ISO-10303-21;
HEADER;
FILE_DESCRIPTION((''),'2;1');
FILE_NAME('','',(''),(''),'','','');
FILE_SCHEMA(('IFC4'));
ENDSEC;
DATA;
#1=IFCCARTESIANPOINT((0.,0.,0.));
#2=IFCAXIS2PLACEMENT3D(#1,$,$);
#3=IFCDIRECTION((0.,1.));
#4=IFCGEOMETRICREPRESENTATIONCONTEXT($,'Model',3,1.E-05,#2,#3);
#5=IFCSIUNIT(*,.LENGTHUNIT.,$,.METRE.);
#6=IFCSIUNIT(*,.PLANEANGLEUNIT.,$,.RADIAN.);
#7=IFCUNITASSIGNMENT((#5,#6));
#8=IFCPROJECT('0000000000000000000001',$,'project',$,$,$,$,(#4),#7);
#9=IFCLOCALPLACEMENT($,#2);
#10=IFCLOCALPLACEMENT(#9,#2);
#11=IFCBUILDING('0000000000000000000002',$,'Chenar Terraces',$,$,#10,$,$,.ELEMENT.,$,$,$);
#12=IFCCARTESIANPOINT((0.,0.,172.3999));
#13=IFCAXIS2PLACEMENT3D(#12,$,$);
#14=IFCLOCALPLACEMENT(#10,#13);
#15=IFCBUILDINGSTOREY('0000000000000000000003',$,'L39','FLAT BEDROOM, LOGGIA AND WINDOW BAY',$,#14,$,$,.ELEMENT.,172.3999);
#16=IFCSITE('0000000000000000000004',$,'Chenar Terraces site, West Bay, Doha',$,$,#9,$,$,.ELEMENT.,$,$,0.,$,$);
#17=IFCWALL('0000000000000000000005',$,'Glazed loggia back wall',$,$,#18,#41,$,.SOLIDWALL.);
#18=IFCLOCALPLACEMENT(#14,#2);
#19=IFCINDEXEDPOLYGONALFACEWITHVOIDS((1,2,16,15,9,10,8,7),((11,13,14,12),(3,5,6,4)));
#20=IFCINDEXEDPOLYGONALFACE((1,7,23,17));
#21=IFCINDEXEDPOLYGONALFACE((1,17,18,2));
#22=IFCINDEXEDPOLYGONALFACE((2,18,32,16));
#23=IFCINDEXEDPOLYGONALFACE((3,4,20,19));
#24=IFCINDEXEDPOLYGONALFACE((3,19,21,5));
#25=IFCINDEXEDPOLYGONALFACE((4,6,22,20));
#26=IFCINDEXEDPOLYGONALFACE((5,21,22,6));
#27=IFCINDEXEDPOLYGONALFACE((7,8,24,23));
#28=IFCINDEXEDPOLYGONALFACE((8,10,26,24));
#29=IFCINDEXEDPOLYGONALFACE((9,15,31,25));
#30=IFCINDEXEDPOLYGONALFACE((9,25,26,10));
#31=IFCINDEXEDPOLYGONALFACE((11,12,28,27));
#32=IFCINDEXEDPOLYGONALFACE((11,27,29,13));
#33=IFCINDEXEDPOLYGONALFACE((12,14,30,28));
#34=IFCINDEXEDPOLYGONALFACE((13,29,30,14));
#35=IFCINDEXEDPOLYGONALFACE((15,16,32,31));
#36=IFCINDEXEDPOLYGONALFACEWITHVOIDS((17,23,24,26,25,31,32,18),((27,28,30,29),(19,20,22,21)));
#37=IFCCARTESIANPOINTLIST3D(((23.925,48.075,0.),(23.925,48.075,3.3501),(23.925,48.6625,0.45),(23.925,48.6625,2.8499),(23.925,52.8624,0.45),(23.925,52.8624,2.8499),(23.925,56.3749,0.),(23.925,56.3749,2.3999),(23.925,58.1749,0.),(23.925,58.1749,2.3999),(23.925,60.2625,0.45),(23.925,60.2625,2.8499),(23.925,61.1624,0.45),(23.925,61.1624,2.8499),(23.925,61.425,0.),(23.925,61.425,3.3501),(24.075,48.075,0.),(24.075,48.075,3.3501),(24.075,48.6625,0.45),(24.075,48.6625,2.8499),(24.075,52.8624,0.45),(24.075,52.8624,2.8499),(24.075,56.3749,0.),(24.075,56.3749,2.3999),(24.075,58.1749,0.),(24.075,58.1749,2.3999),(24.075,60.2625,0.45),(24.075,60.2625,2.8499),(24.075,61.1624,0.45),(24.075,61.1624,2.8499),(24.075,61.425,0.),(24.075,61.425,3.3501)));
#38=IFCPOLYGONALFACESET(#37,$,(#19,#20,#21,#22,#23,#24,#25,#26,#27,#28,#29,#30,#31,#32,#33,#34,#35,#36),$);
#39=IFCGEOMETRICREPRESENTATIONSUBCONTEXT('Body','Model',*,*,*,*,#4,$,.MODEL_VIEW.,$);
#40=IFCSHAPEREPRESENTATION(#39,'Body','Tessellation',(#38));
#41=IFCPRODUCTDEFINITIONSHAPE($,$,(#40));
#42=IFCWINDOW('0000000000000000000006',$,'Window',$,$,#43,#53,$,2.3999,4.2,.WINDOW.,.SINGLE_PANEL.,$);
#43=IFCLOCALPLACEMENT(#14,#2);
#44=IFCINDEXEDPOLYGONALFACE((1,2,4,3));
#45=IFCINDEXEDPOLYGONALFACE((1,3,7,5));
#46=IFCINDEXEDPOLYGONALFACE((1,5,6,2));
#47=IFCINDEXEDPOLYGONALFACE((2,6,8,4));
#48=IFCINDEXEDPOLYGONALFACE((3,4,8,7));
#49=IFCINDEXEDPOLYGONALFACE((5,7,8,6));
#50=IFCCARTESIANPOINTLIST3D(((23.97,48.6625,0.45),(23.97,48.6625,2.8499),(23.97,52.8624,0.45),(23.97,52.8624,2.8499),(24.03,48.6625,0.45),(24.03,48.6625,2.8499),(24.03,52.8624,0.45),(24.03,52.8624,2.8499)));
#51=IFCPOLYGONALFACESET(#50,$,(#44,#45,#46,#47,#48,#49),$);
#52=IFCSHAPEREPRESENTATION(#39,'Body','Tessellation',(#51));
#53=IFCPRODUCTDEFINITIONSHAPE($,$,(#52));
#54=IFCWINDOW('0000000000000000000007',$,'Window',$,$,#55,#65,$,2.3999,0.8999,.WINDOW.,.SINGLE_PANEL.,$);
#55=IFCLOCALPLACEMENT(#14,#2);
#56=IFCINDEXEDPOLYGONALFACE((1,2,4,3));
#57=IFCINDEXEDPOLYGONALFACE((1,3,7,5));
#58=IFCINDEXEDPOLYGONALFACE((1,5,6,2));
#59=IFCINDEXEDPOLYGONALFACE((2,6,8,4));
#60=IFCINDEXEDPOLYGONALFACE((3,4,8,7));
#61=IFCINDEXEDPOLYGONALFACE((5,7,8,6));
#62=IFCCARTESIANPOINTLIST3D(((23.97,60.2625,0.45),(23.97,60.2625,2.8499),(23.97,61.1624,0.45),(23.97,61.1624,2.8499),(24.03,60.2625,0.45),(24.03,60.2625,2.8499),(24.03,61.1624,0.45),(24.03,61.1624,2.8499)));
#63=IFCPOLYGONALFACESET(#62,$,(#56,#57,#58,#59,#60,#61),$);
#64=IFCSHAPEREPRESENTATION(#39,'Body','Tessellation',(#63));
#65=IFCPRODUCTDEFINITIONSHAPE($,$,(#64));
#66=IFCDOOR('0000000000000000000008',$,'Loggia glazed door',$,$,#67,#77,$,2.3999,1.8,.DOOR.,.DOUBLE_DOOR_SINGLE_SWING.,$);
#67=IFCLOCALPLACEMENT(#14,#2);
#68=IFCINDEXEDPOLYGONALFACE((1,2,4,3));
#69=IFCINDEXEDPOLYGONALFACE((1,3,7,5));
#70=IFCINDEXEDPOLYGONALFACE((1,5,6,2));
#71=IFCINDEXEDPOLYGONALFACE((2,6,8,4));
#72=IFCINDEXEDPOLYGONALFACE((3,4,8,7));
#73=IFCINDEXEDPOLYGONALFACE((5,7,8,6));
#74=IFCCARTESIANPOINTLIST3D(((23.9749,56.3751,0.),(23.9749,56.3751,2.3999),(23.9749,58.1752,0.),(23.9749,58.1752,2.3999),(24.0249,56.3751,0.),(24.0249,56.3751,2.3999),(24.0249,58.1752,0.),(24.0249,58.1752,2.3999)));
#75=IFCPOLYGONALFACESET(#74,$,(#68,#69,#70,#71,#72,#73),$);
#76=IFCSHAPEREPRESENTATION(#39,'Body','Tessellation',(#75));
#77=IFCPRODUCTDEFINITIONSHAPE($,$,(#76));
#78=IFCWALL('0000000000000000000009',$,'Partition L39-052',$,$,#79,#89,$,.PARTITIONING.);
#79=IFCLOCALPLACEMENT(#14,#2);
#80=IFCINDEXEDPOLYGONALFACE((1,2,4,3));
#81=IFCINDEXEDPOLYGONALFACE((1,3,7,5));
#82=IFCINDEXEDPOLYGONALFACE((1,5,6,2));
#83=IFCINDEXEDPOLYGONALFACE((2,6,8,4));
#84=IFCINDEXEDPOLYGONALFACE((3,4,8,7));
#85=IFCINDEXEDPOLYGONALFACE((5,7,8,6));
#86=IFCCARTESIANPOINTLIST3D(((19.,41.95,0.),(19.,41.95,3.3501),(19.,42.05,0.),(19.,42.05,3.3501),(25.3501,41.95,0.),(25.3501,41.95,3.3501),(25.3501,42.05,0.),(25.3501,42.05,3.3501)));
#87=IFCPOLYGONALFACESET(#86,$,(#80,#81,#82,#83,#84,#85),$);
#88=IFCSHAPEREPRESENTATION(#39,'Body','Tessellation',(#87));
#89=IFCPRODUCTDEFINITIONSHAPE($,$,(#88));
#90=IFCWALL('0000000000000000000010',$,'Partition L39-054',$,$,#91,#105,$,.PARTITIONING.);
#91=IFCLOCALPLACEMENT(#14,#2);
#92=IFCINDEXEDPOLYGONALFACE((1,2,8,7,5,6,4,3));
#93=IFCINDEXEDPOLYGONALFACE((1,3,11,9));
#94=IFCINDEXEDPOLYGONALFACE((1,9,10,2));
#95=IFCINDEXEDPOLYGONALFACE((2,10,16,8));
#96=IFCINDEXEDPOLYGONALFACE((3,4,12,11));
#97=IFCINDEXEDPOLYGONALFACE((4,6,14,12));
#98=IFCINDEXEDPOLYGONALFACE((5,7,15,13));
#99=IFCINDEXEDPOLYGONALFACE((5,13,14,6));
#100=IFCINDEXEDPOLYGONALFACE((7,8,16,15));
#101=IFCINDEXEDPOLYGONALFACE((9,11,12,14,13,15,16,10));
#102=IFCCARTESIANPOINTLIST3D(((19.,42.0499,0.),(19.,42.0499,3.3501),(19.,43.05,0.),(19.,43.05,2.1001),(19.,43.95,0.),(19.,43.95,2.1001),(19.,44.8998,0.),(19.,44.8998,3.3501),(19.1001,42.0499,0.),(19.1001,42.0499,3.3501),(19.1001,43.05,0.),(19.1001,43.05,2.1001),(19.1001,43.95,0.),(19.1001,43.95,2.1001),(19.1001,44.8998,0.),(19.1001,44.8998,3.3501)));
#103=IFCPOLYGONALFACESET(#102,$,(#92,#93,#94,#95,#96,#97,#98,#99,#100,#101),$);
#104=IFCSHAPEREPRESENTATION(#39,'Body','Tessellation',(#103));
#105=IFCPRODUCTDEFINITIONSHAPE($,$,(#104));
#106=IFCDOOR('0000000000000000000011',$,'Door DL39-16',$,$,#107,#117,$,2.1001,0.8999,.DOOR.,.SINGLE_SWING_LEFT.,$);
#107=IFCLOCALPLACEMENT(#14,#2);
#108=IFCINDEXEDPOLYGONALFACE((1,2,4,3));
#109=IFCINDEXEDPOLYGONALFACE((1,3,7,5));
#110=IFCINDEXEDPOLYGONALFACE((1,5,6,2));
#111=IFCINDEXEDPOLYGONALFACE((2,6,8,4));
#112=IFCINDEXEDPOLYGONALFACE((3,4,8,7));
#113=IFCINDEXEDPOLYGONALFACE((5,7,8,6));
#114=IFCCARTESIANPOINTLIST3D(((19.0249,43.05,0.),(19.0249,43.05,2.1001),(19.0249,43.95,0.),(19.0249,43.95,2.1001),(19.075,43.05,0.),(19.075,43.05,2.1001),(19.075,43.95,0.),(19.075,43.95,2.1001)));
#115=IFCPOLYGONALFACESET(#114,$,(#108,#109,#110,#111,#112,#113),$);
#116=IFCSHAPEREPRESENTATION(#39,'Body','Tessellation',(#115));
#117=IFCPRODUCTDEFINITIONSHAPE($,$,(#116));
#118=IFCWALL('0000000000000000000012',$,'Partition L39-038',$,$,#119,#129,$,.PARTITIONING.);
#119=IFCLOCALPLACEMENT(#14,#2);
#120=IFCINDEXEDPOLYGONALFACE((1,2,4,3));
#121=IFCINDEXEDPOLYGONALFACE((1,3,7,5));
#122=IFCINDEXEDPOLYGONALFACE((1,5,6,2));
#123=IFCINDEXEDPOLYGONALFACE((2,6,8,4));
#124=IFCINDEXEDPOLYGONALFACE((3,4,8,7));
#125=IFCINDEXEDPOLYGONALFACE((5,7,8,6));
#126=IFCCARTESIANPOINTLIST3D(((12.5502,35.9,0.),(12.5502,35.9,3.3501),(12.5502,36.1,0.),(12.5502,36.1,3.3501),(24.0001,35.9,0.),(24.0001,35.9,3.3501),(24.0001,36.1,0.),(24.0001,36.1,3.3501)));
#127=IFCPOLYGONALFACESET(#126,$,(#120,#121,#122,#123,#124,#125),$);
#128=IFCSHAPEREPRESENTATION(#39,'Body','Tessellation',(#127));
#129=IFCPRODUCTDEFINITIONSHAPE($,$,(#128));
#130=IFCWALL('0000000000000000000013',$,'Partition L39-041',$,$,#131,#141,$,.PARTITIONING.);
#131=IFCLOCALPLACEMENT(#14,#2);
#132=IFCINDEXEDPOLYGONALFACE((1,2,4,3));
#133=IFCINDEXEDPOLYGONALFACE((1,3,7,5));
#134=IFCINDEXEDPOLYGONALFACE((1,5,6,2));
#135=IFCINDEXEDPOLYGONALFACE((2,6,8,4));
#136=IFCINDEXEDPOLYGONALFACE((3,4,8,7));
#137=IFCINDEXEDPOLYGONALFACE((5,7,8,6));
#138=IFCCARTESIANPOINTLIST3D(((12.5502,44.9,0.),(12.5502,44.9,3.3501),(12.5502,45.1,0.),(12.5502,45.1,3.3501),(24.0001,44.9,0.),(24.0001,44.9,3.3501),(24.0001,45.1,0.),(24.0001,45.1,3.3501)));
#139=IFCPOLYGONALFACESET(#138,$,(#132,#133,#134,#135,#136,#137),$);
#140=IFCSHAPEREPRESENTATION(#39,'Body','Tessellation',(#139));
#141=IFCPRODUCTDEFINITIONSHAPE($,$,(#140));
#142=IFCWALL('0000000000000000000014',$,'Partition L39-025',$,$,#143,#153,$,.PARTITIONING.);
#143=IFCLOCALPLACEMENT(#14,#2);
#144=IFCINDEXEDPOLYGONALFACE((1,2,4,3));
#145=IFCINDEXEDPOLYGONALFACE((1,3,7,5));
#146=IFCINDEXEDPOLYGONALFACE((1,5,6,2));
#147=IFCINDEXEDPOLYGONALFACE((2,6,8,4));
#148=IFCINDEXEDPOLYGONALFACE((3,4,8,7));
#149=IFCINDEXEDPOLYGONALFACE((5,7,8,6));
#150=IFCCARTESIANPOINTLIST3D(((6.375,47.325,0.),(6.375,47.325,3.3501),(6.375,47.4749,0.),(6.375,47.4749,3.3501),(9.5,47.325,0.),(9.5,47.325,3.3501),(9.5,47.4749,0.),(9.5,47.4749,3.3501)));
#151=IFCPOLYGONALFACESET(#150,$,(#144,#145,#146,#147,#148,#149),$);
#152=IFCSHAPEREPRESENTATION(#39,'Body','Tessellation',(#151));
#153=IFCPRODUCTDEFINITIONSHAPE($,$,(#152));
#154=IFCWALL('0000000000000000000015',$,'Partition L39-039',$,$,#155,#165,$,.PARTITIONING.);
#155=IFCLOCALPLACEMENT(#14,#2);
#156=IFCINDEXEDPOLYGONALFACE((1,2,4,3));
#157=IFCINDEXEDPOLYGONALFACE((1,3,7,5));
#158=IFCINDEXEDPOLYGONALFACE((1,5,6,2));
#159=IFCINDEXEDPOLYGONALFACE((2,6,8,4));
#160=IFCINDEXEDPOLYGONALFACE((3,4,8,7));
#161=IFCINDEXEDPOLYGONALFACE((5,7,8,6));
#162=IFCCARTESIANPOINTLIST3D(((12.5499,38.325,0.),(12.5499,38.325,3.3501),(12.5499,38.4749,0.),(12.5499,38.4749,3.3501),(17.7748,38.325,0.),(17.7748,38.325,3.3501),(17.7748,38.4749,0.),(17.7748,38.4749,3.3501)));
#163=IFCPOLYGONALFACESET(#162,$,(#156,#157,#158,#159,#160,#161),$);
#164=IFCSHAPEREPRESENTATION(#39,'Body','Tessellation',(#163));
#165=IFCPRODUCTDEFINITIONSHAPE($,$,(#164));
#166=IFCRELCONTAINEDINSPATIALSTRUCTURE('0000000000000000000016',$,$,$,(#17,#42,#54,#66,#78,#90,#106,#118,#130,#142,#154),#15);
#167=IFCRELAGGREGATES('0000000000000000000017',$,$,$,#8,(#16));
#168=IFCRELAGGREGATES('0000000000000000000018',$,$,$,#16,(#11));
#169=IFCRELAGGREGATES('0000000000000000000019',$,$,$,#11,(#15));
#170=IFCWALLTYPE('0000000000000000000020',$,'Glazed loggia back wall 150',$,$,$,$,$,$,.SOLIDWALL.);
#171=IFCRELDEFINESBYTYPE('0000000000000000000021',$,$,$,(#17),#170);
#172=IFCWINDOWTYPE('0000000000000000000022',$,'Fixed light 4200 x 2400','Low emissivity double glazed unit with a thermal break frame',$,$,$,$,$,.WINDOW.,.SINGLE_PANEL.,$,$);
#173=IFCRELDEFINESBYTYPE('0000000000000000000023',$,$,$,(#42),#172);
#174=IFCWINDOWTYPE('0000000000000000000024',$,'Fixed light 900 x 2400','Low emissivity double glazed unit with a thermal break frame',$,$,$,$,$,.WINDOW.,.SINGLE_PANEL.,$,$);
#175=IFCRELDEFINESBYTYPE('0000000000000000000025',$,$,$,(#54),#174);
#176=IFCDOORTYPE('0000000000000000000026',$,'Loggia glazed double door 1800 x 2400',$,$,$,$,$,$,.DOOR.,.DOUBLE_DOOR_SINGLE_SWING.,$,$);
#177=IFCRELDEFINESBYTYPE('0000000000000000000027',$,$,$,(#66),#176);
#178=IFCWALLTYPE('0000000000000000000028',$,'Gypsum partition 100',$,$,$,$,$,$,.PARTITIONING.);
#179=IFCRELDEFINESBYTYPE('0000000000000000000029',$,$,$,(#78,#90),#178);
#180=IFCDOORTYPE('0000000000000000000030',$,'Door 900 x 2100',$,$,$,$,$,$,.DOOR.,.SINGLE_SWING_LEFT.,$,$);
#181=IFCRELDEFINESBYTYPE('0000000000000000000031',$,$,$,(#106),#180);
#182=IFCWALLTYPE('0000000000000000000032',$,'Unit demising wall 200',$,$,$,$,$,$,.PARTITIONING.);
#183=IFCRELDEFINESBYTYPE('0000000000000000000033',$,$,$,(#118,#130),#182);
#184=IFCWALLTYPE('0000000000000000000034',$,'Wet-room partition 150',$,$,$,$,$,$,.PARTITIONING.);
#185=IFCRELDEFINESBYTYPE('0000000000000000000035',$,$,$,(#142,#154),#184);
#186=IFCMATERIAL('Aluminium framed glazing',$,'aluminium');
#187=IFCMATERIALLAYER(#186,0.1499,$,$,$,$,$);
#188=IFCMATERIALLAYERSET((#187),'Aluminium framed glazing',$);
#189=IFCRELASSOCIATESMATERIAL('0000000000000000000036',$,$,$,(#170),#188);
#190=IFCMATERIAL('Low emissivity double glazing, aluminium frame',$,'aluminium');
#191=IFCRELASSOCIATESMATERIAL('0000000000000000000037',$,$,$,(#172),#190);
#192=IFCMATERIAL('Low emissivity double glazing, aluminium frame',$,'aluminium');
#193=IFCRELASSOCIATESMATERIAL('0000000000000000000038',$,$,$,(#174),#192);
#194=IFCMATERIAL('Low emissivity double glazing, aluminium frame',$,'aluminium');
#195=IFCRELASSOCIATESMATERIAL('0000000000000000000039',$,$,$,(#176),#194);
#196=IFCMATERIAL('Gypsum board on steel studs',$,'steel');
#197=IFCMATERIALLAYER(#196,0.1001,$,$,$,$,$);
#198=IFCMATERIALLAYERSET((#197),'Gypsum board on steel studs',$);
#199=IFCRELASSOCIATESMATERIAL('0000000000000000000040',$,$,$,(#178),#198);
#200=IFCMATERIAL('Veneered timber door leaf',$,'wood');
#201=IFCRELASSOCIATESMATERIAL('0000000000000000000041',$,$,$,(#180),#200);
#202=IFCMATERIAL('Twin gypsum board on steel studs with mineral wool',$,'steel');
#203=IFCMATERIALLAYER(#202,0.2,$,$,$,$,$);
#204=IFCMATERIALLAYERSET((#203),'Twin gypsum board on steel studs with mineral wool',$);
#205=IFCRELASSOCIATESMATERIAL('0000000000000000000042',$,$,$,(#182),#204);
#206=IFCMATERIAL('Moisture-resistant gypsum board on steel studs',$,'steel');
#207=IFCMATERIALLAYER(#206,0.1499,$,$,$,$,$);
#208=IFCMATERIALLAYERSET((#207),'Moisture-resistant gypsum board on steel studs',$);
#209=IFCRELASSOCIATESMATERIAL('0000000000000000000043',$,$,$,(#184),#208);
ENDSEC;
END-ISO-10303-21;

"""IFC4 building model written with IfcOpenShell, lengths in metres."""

from ifc_helpers import new_model, si_unit, direction, frame, frame_2d, origin, place, context, subcontext, project, spatial, rectangle, extrude, material, layer, layer_set, type_object, element, fill, save


model = new_model("IFC4")

# Units and contexts
model_context = context("Model", 3, precision=1e-05, world=origin(), true_north=direction((0.0, 1.0)))
body_context = subcontext(model_context, "Body", "Model", "MODEL_VIEW")
ifc_project = project(units=[si_unit("LENGTHUNIT", "METRE"), si_unit("PLANEANGLEUNIT", "RADIAN")], contexts=[model_context])

# Site, building, storey
site_placement = place(None, origin())
site = spatial("IfcSite", under=ifc_project, at=site_placement, Name="Chenar Terraces site, West Bay, Doha", CompositionType="ELEMENT", RefElevation=0.0)
building_placement = place(site_placement, origin())
building = spatial("IfcBuilding", under=site, at=building_placement, Name="Chenar Terraces", CompositionType="ELEMENT")
storey_placement = place(building_placement, frame((0.0, 0.0, 172.3999)))
storey = spatial("IfcBuildingStorey", under=building, at=storey_placement, Name="L39", Description="FLAT BEDROOM, LOGGIA AND WINDOW BAY", CompositionType="ELEMENT", Elevation=172.3999)

# Wall, openings, windows, door
ifc_material_1 = material(Name="Aluminium framed glazing", Category="aluminium")
ifc_layer_1 = layer(ifc_material_1, 0.1499)
ifc_layer_set_1 = layer_set([ifc_layer_1], Name="Aluminium framed glazing")
wall_type_1 = type_object("IfcWallType", Name="Glazed loggia back wall 150", PredefinedType="SOLIDWALL", material=ifc_layer_set_1)
wall_1_placement = place(storey_placement, frame((24.0, 48.075, 0.0), z_axis=(0.0, 0.0, 1.0), x_axis=(0.0, 1.0, 0.0)))
wall_1 = element("IfcWall", 1, at=wall_1_placement, inside=storey, type_object=wall_type_1, Name="Glazed loggia back wall", PredefinedType="SOLIDWALL", context=body_context, shape_type="SweptSolid", body=[
    extrude(rectangle(XDim=13.3501, YDim=0.1499, at=frame_2d((6.675, 0.0))), origin(), (0.0, 0.0, 1.0), 3.3501),
])
opening_1_placement = place(wall_1_placement, frame((0.5874, 0.0, 0.45)))
opening_1 = element("IfcOpeningElement", 2, at=opening_1_placement, cuts=wall_1, PredefinedType="OPENING", context=body_context, shape_type="SweptSolid", body=[
    extrude(rectangle(XDim=4.2, YDim=2.3999, at=frame_2d((2.1001, 1.2))), frame((0.0, 0.085, 0.0), z_axis=(0.0, -1.0, 0.0), x_axis=(1.0, 0.0, 0.0)), (0.0, 0.0, 1.0), 0.1699),
])
opening_2_placement = place(wall_1_placement, frame((8.3, 0.0, 0.0)))
opening_2 = element("IfcOpeningElement", 3, at=opening_2_placement, cuts=wall_1, PredefinedType="OPENING", context=body_context, shape_type="SweptSolid", body=[
    extrude(rectangle(XDim=1.8, YDim=2.3999, at=frame_2d((0.8999, 1.2))), frame((0.0, 0.085, 0.0), z_axis=(0.0, -1.0, 0.0), x_axis=(1.0, 0.0, 0.0)), (0.0, 0.0, 1.0), 0.1699),
])
opening_3_placement = place(wall_1_placement, frame((12.1875, 0.0, 0.45)))
opening_3 = element("IfcOpeningElement", 4, at=opening_3_placement, cuts=wall_1, PredefinedType="OPENING", context=body_context, shape_type="SweptSolid", body=[
    extrude(rectangle(XDim=0.8999, YDim=2.3999, at=frame_2d((0.45, 1.2))), frame((0.0, 0.085, 0.0), z_axis=(0.0, -1.0, 0.0), x_axis=(1.0, 0.0, 0.0)), (0.0, 0.0, 1.0), 0.1699),
])
ifc_material_2 = material(Name="Low emissivity double glazing, aluminium frame", Category="aluminium")
window_type_1 = type_object("IfcWindowType", Name="Fixed light 4200 x 2400", Description="Low emissivity double glazed unit with a thermal break frame", PartitioningType="SINGLE_PANEL", PredefinedType="WINDOW", material=ifc_material_2)
window_1_placement = place(opening_1_placement, origin())
window_1 = element("IfcWindow", 5, at=window_1_placement, inside=storey, type_object=window_type_1, Name="Window", OverallHeight=2.3999, OverallWidth=4.2, PartitioningType="SINGLE_PANEL", PredefinedType="WINDOW", context=body_context, shape_type="SweptSolid", body=[
    extrude(rectangle(XDim=4.2, YDim=2.3999, at=frame_2d((2.1001, 1.2))), frame((0.0, 0.03, 0.0), z_axis=(0.0, -1.0, 0.0), x_axis=(1.0, 0.0, 0.0)), (0.0, 0.0, 1.0), 0.0601),
])
fill(opening_1, window_1)
ifc_material_3 = material(Name="Low emissivity double glazing, aluminium frame", Category="aluminium")
window_type_2 = type_object("IfcWindowType", Name="Fixed light 900 x 2400", Description="Low emissivity double glazed unit with a thermal break frame", PartitioningType="SINGLE_PANEL", PredefinedType="WINDOW", material=ifc_material_3)
window_2_placement = place(opening_3_placement, origin())
window_2 = element("IfcWindow", 6, at=window_2_placement, inside=storey, type_object=window_type_2, Name="Window", OverallHeight=2.3999, OverallWidth=0.8999, PartitioningType="SINGLE_PANEL", PredefinedType="WINDOW", context=body_context, shape_type="SweptSolid", body=[
    extrude(rectangle(XDim=0.8999, YDim=2.3999, at=frame_2d((0.45, 1.2))), frame((0.0, 0.03, 0.0), z_axis=(0.0, -1.0, 0.0), x_axis=(1.0, 0.0, 0.0)), (0.0, 0.0, 1.0), 0.0601),
])
fill(opening_3, window_2)
ifc_material_4 = material(Name="Low emissivity double glazing, aluminium frame", Category="aluminium")
door_type_1 = type_object("IfcDoorType", Name="Loggia glazed double door 1800 x 2400", OperationType="DOUBLE_DOOR_SINGLE_SWING", PredefinedType="DOOR", material=ifc_material_4)
door_1_placement = place(opening_2_placement, frame((1.8, 0.0, 0.0), z_axis=(0.0, 0.0, 1.0), x_axis=(-1.0, 0.0, 0.0)))
door_1 = element("IfcDoor", 7, at=door_1_placement, inside=storey, type_object=door_type_1, Name="Loggia glazed door", OperationType="DOUBLE_DOOR_SINGLE_SWING", OverallHeight=2.3999, OverallWidth=1.8, PredefinedType="DOOR", context=body_context, shape_type="SweptSolid", body=[
    extrude(rectangle(XDim=1.8, YDim=2.3999, at=frame_2d((0.8999, 1.2))), frame((0.0, 0.0249, 0.0), z_axis=(0.0, -1.0, 0.0), x_axis=(1.0, 0.0, 0.0)), (0.0, 0.0, 1.0), 0.05),
])
fill(opening_2, door_1)

# Wall
ifc_material_5 = material(Name="Gypsum board on steel studs", Category="steel")
ifc_layer_2 = layer(ifc_material_5, 0.1001)
ifc_layer_set_2 = layer_set([ifc_layer_2], Name="Gypsum board on steel studs")
wall_type_2 = type_object("IfcWallType", Name="Gypsum partition 100", PredefinedType="PARTITIONING", material=ifc_layer_set_2)
wall_2_placement = place(storey_placement, frame((19.0, 42.0, 0.0), z_axis=(0.0, 0.0, 1.0), x_axis=(1.0, 0.0, 0.0)))
element("IfcWall", 8, at=wall_2_placement, inside=storey, type_object=wall_type_2, Name="Partition L39-052", PredefinedType="PARTITIONING", context=body_context, shape_type="SweptSolid", body=[
    extrude(rectangle(XDim=6.3501, YDim=0.1001, at=frame_2d((3.175, 0.0))), origin(), (0.0, 0.0, 1.0), 3.3501),
])

# Wall, opening, door
wall_3_placement = place(storey_placement, frame((19.05, 42.05, 0.0), z_axis=(0.0, 0.0, 1.0), x_axis=(0.0, 1.0, 0.0)))
wall_3 = element("IfcWall", 9, at=wall_3_placement, inside=storey, type_object=wall_type_2, Name="Partition L39-054", PredefinedType="PARTITIONING", context=body_context, shape_type="SweptSolid", body=[
    extrude(rectangle(XDim=2.8499, YDim=0.1001, at=frame_2d((1.4248, 0.0))), origin(), (0.0, 0.0, 1.0), 3.3501),
])
opening_4_placement = place(wall_3_placement, frame((1.0, 0.0, 0.0)))
opening_4 = element("IfcOpeningElement", 10, at=opening_4_placement, cuts=wall_3, PredefinedType="OPENING", context=body_context, shape_type="SweptSolid", body=[
    extrude(rectangle(XDim=0.8999, YDim=2.1001, at=frame_2d((0.45, 1.05))), frame((0.0, 0.0601, 0.0), z_axis=(0.0, -1.0, 0.0), x_axis=(1.0, 0.0, 0.0)), (0.0, 0.0, 1.0), 0.1201),
])
ifc_material_6 = material(Name="Veneered timber door leaf", Category="wood")
door_type_2 = type_object("IfcDoorType", Name="Door 900 x 2100", OperationType="SINGLE_SWING_LEFT", PredefinedType="DOOR", material=ifc_material_6)
door_2_placement = place(opening_4_placement, frame((0.8999, 0.0, 0.0), z_axis=(0.0, 0.0, 1.0), x_axis=(-1.0, 0.0, 0.0)))
door_2 = element("IfcDoor", 11, at=door_2_placement, inside=storey, type_object=door_type_2, Name="Door DL39-16", OperationType="SINGLE_SWING_LEFT", OverallHeight=2.1001, OverallWidth=0.8999, PredefinedType="DOOR", context=body_context, shape_type="SweptSolid", body=[
    extrude(rectangle(XDim=0.8999, YDim=2.1001, at=frame_2d((0.45, 1.05))), frame((0.0, 0.0249, 0.0), z_axis=(0.0, -1.0, 0.0), x_axis=(1.0, 0.0, 0.0)), (0.0, 0.0, 1.0), 0.05),
])
fill(opening_4, door_2)

# Walls
ifc_material_7 = material(Name="Twin gypsum board on steel studs with mineral wool", Category="steel")
ifc_layer_3 = layer(ifc_material_7, 0.2)
ifc_layer_set_3 = layer_set([ifc_layer_3], Name="Twin gypsum board on steel studs with mineral wool")
wall_type_3 = type_object("IfcWallType", Name="Unit demising wall 200", PredefinedType="PARTITIONING", material=ifc_layer_set_3)
for number, where, z_axis, x_axis, name in (
    (12, (12.55, 36.0, 0.0), (0.0, 0.0, 1.0), (1.0, 0.0, 0.0), "Partition L39-038"),
    (13, (12.55, 45.0, 0.0), (0.0, 0.0, 1.0), (1.0, 0.0, 0.0), "Partition L39-041"),
):
    element("IfcWall", number, at=place(storey_placement, frame(where, z_axis=z_axis, x_axis=x_axis)), inside=storey, type_object=wall_type_3, Name=name, PredefinedType="PARTITIONING", context=body_context, shape_type="SweptSolid", body=[
        extrude(rectangle(XDim=11.45, YDim=0.2, at=frame_2d((5.7251, 0.0))), origin(), (0.0, 0.0, 1.0), 3.3501),
    ])
ifc_material_8 = material(Name="Moisture-resistant gypsum board on steel studs", Category="steel")
ifc_layer_4 = layer(ifc_material_8, 0.1499)
ifc_layer_set_4 = layer_set([ifc_layer_4], Name="Moisture-resistant gypsum board on steel studs")
wall_type_4 = type_object("IfcWallType", Name="Wet-room partition 150", PredefinedType="PARTITIONING", material=ifc_layer_set_4)
wall_4_placement = place(storey_placement, frame((6.375, 47.3999, 0.0), z_axis=(0.0, 0.0, 1.0), x_axis=(1.0, 0.0, 0.0)))
element("IfcWall", 14, at=wall_4_placement, inside=storey, type_object=wall_type_4, Name="Partition L39-025", PredefinedType="PARTITIONING", context=body_context, shape_type="SweptSolid", body=[
    extrude(rectangle(XDim=3.125, YDim=0.1499, at=frame_2d((1.5625, 0.0))), origin(), (0.0, 0.0, 1.0), 3.3501),
])
wall_5_placement = place(storey_placement, frame((12.55, 38.3999, 0.0), z_axis=(0.0, 0.0, 1.0), x_axis=(1.0, 0.0, 0.0)))
element("IfcWall", 15, at=wall_5_placement, inside=storey, type_object=wall_type_4, Name="Partition L39-039", PredefinedType="PARTITIONING", context=body_context, shape_type="SweptSolid", body=[
    extrude(rectangle(XDim=5.2249, YDim=0.1499, at=frame_2d((2.6123, 0.0))), origin(), (0.0, 0.0, 1.0), 3.3501),
])

save(model, "model.ifc")
